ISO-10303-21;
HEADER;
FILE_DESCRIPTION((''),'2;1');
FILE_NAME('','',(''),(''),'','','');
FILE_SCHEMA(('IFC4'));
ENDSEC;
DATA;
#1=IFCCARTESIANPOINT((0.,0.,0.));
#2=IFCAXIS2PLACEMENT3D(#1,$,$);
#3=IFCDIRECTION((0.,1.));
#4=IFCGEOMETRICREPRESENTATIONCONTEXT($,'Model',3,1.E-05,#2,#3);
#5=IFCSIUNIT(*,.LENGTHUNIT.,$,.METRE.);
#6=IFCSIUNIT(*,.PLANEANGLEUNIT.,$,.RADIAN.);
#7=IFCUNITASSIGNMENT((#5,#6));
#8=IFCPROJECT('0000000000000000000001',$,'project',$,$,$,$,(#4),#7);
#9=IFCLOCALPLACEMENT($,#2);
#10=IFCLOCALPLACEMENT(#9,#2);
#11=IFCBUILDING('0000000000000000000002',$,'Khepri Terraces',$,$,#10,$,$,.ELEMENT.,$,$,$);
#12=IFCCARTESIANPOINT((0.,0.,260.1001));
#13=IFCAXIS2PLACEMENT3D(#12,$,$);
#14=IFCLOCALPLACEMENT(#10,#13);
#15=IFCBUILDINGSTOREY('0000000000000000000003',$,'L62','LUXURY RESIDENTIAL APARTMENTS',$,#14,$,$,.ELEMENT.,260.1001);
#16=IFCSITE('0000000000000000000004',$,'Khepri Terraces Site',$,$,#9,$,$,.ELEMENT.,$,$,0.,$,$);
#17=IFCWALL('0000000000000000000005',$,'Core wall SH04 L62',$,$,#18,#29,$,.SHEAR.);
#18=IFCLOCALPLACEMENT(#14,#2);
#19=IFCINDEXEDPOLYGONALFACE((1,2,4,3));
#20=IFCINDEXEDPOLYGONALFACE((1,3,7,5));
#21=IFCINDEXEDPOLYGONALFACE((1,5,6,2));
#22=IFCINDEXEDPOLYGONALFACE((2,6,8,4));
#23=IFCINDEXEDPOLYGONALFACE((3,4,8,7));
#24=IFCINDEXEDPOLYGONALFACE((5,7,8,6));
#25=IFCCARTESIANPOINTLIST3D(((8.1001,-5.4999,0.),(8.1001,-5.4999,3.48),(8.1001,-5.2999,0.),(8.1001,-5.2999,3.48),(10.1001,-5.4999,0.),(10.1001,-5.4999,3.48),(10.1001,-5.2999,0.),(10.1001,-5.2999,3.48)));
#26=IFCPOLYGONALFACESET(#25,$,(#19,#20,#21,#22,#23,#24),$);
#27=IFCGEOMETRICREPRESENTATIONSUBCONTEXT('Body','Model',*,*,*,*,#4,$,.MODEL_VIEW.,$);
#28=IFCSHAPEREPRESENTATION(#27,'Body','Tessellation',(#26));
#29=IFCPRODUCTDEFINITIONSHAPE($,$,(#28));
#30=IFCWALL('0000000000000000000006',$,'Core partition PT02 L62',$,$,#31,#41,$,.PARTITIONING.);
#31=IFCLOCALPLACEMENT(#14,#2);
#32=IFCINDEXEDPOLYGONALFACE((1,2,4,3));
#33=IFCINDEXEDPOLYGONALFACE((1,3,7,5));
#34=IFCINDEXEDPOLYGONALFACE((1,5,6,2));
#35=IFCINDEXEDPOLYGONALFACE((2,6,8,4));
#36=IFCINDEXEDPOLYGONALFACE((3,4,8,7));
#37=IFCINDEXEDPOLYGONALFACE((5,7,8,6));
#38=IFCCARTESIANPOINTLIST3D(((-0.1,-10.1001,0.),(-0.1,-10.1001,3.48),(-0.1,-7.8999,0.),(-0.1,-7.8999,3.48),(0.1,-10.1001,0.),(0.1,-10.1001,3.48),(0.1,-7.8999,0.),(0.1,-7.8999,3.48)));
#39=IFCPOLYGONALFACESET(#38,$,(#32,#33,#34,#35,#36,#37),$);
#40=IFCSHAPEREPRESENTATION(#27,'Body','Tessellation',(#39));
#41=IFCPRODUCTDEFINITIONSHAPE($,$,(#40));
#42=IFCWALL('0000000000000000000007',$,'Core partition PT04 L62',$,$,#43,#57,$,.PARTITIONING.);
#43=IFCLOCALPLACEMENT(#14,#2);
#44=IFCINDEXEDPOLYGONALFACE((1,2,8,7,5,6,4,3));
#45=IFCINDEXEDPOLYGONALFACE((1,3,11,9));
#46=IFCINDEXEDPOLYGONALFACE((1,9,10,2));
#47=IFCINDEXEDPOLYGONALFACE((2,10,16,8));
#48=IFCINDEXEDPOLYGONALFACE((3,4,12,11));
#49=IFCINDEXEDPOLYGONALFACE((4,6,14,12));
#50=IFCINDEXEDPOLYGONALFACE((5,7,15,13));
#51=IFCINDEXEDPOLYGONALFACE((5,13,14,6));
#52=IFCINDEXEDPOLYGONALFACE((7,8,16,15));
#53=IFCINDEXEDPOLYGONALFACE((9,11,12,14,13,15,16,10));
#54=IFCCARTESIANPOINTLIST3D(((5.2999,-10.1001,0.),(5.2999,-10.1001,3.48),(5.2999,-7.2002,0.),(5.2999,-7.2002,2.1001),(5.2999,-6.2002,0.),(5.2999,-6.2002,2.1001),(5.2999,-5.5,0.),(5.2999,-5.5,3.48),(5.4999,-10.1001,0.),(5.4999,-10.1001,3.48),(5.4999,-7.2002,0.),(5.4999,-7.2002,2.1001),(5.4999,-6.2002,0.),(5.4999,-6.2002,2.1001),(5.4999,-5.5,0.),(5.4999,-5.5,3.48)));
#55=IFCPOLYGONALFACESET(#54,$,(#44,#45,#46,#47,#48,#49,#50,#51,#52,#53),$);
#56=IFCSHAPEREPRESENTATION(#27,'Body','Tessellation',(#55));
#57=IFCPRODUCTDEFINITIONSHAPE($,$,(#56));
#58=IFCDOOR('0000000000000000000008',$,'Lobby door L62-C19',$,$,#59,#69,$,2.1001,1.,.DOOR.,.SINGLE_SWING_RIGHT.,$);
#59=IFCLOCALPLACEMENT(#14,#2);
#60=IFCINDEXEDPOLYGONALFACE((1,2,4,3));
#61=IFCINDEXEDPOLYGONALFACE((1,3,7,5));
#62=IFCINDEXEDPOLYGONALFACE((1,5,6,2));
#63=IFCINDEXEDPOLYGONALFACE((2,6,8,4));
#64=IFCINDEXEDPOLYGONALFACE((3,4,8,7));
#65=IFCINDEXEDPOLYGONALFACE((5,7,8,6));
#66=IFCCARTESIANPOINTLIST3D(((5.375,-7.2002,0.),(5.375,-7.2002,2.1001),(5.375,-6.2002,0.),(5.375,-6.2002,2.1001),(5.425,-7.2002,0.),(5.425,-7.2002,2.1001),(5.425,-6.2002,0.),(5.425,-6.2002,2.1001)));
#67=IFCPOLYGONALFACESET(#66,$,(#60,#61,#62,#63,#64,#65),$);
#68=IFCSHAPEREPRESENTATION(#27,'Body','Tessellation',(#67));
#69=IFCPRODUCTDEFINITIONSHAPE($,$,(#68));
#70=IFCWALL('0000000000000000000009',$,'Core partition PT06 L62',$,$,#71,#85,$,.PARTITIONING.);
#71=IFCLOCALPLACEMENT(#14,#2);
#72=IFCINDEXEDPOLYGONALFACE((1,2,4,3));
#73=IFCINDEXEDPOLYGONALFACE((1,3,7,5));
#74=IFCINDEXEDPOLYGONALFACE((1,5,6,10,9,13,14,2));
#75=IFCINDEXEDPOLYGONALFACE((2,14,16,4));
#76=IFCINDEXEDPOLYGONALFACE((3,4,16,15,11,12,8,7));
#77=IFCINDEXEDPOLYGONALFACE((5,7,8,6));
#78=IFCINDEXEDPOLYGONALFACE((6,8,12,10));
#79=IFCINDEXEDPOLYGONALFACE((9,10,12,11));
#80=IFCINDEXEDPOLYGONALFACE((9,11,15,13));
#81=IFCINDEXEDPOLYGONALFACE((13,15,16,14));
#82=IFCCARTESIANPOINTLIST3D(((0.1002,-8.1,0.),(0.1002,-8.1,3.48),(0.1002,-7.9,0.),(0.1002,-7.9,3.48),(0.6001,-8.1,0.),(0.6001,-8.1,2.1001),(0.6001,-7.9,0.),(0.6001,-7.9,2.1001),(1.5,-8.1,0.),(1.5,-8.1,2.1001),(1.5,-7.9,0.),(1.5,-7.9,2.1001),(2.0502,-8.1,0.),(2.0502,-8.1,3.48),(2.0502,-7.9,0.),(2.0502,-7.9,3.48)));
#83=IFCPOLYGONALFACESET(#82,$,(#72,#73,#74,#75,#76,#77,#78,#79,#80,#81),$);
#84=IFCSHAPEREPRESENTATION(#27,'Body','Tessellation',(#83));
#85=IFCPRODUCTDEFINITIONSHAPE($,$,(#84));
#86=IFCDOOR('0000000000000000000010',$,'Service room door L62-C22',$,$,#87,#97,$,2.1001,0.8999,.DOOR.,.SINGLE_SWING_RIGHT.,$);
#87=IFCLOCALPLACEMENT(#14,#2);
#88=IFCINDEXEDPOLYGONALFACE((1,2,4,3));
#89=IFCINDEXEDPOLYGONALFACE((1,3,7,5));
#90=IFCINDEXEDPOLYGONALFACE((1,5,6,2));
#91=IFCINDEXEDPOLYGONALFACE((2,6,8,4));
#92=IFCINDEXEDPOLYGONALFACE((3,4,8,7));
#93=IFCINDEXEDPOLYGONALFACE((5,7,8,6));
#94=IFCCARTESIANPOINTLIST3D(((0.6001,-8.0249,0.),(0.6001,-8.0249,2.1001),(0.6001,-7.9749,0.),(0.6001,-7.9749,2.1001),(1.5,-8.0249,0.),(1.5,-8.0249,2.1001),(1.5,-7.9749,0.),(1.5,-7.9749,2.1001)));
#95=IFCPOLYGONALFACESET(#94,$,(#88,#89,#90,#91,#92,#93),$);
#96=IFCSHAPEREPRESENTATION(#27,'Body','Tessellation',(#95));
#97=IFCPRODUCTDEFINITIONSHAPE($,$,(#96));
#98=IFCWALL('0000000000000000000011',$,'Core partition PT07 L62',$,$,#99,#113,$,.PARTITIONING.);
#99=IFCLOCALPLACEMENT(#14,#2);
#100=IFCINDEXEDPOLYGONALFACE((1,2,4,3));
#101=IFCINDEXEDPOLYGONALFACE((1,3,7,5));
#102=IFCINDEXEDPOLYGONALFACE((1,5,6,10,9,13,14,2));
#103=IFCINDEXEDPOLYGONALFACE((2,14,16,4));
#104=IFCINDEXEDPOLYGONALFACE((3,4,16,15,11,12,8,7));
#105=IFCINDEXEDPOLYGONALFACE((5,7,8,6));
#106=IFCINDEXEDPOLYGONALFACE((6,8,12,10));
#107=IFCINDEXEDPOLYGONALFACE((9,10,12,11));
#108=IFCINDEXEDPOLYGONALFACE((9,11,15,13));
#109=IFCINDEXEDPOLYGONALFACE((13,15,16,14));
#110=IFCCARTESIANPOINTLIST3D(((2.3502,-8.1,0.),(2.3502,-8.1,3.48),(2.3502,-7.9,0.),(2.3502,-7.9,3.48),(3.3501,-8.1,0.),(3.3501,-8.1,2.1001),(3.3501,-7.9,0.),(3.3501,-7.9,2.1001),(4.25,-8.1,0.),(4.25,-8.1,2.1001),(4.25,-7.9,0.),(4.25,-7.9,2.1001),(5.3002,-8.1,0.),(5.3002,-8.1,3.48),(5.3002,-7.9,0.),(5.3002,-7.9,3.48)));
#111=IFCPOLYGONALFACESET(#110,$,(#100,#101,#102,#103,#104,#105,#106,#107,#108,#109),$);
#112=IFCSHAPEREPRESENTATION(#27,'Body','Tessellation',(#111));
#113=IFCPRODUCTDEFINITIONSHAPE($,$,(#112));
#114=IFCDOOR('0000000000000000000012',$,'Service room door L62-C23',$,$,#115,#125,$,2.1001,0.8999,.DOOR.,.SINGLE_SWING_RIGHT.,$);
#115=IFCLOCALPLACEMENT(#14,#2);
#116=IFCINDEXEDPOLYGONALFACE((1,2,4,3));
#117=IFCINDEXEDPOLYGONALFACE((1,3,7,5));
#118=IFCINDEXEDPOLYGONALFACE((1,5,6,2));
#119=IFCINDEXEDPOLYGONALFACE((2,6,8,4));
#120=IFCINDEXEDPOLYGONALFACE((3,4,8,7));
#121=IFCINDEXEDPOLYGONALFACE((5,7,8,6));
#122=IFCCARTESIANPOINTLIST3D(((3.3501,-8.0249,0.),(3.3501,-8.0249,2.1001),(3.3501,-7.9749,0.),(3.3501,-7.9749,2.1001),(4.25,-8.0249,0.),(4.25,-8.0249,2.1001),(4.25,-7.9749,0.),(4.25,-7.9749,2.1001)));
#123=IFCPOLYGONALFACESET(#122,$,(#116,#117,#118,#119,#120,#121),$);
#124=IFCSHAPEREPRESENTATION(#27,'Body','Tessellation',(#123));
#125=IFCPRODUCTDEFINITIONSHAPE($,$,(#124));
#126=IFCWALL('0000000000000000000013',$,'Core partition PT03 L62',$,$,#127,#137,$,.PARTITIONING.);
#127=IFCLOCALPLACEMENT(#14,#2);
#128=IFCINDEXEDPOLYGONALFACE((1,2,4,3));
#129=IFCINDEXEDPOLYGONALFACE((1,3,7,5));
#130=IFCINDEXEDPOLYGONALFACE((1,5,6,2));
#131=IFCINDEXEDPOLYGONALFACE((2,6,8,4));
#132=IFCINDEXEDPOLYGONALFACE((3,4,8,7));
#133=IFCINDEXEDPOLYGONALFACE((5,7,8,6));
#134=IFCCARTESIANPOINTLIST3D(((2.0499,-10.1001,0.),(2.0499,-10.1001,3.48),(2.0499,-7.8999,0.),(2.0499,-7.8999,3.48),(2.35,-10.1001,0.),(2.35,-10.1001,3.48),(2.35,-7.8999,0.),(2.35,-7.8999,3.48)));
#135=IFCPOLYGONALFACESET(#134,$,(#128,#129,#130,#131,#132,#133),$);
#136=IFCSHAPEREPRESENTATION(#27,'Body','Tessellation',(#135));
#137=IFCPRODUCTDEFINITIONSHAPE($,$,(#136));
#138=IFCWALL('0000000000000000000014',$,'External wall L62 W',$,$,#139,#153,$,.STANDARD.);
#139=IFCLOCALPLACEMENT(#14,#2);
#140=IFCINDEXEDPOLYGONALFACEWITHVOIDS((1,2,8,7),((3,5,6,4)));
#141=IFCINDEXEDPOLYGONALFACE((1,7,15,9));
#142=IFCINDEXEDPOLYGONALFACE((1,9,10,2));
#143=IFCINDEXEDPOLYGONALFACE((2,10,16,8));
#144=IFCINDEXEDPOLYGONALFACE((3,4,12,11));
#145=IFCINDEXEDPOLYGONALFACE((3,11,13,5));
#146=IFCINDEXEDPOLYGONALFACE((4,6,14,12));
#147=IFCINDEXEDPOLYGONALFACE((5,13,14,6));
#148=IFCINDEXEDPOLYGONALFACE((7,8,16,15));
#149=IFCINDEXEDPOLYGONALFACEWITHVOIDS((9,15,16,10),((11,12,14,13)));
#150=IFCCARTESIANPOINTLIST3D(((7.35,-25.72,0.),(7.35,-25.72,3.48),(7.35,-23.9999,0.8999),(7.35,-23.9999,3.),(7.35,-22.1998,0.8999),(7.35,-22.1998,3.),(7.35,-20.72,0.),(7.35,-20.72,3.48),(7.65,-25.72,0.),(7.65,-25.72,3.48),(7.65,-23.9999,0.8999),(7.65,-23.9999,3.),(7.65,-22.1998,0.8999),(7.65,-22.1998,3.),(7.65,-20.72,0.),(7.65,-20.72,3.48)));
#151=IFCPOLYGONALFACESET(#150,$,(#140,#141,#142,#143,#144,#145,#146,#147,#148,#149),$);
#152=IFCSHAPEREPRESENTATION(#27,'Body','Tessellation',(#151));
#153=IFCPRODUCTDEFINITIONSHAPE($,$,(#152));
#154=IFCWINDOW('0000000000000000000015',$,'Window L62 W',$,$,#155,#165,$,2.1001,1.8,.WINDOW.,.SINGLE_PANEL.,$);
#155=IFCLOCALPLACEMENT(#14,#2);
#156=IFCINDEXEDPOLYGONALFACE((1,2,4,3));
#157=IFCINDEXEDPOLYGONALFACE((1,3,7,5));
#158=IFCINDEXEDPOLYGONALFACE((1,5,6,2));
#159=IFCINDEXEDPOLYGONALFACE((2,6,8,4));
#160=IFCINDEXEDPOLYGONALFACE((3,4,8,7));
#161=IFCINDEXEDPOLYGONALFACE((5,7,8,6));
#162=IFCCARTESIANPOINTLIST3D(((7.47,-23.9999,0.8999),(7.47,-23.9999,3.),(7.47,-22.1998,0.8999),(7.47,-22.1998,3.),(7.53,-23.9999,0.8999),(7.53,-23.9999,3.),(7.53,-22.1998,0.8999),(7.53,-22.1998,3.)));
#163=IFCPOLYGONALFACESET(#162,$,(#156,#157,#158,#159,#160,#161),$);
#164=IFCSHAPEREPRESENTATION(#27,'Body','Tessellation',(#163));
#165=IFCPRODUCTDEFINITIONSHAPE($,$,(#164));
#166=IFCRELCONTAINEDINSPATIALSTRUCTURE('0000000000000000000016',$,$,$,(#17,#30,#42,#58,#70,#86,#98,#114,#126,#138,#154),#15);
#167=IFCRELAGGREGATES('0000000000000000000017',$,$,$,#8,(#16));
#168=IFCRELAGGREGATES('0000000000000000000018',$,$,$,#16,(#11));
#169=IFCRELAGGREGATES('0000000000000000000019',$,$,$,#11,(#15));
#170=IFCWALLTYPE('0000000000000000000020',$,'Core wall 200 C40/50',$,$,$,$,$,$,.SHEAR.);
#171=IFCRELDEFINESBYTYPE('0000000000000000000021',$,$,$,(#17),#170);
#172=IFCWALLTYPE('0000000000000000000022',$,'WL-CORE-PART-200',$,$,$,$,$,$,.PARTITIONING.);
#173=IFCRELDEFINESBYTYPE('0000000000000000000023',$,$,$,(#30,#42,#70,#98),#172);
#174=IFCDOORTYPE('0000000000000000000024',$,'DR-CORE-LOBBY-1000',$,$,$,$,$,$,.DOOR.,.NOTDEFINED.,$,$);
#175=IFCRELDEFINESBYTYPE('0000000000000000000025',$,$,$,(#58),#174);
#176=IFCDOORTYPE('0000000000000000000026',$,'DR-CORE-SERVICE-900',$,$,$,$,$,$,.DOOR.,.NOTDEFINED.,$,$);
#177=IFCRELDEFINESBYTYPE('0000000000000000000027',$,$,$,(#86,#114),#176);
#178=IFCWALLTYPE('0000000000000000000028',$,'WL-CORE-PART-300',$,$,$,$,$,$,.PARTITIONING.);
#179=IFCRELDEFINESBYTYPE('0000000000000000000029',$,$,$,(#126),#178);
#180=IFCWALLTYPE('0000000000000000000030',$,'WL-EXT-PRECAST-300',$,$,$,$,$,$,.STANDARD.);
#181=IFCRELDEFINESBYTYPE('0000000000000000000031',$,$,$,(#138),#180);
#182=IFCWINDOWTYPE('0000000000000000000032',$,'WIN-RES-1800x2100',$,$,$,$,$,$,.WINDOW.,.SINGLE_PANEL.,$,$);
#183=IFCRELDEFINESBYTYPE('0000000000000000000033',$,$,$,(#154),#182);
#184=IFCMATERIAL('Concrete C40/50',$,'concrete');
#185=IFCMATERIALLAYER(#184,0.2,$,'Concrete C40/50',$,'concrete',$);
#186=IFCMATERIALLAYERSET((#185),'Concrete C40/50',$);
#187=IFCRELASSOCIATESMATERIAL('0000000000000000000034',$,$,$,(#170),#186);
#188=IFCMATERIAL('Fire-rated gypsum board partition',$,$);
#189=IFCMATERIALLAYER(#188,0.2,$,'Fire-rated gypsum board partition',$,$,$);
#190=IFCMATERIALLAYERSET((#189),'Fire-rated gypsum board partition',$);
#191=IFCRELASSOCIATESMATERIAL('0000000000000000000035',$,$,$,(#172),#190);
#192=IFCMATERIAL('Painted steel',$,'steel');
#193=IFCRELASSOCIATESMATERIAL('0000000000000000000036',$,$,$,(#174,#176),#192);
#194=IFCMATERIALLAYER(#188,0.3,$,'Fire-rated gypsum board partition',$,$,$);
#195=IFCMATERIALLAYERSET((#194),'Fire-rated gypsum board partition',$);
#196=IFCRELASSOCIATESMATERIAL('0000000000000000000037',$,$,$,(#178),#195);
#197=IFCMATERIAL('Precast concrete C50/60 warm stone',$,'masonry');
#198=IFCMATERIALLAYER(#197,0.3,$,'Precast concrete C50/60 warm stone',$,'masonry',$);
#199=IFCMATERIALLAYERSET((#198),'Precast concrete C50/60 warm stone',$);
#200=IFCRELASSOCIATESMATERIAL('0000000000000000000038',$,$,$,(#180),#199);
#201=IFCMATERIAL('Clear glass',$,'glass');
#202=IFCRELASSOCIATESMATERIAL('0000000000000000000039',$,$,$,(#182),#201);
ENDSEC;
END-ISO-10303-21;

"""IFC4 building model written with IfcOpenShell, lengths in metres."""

from ifc_helpers import new_model, si_unit, direction, frame, frame_2d, origin, place, context, subcontext, project, spatial, rectangle, extrude, material, layer, layer_set, type_object, element, fill, save


model = new_model("IFC4")

# Units and contexts
model_context = context("Model", 3, precision=1e-05, world=origin(), true_north=direction((0.0, 1.0)))
body_context = subcontext(model_context, "Body", "Model", "MODEL_VIEW")
ifc_project = project(units=[si_unit("LENGTHUNIT", "METRE"), si_unit("PLANEANGLEUNIT", "RADIAN")], contexts=[model_context])

# Site, building, storey
site_placement = place(None, origin())
site = spatial("IfcSite", under=ifc_project, at=site_placement, Name="Khepri Terraces Site", CompositionType="ELEMENT", RefElevation=0.0)
building_placement = place(site_placement, origin())
building = spatial("IfcBuilding", under=site, at=building_placement, Name="Khepri Terraces", CompositionType="ELEMENT")
storey_placement = place(building_placement, frame((0.0, 0.0, 260.1001)))
storey = spatial("IfcBuildingStorey", under=building, at=storey_placement, Name="L62", Description="LUXURY RESIDENTIAL APARTMENTS", CompositionType="ELEMENT", Elevation=260.1001)

# Shared definitions
ifc_material_1 = material(Name="Concrete C40/50", Category="concrete")

# Shared definitions
ifc_layer_1 = layer(ifc_material_1, 0.2, Name="Concrete C40/50", Category="concrete")
ifc_layer_set_1 = layer_set([ifc_layer_1], Name="Concrete C40/50")
wall_type_1 = type_object("IfcWallType", Name="Core wall 200 C40/50", PredefinedType="SHEAR", material=ifc_layer_set_1)

# Walls
for number, where, z_axis, x_axis, name in (
    (1, (8.1001, -5.3999, 0.0), (0.0, 0.0, 1.0), (1.0, 0.0, 0.0), "Core wall SH04 L62"),
):
    element("IfcWall", number, at=place(storey_placement, frame(where, z_axis=z_axis, x_axis=x_axis)), inside=storey, type_object=wall_type_1, Name=name, PredefinedType="SHEAR", context=body_context, shape_type="SweptSolid", body=[
        extrude(rectangle(XDim=2.0, YDim=0.2, at=frame_2d((1.0, 0.0))), origin(), (0.0, 0.0, 1.0), 3.48),
    ])
ifc_material_2 = material(Name="Fire-rated gypsum board partition")
ifc_layer_2 = layer(ifc_material_2, 0.2, Name="Fire-rated gypsum board partition")
ifc_layer_set_2 = layer_set([ifc_layer_2], Name="Fire-rated gypsum board partition")
wall_type_2 = type_object("IfcWallType", Name="WL-CORE-PART-200", PredefinedType="PARTITIONING", material=ifc_layer_set_2)
wall_1_placement = place(storey_placement, frame((0.0, -10.1001, 0.0), z_axis=(0.0, 0.0, 1.0), x_axis=(0.0, 1.0, 0.0)))
element("IfcWall", 2, at=wall_1_placement, inside=storey, type_object=wall_type_2, Name="Core partition PT02 L62", PredefinedType="PARTITIONING", context=body_context, shape_type="SweptSolid", body=[
    extrude(rectangle(XDim=2.2002, YDim=0.2, at=frame_2d((1.1001, 0.0))), origin(), (0.0, 0.0, 1.0), 3.48),
])

# Walls, openings, doors
wall_2_placement = place(storey_placement, frame((5.3999, -10.1001, 0.0), z_axis=(0.0, 0.0, 1.0), x_axis=(0.0, 1.0, 0.0)))
wall_2 = element("IfcWall", 3, at=wall_2_placement, inside=storey, type_object=wall_type_2, Name="Core partition PT04 L62", PredefinedType="PARTITIONING", context=body_context, shape_type="SweptSolid", body=[
    extrude(rectangle(XDim=4.6001, YDim=0.2, at=frame_2d((2.3, 0.0))), origin(), (0.0, 0.0, 1.0), 3.48),
])
opening_1_placement = place(wall_2_placement, frame((2.8999, 0.0, 0.0)))
opening_1 = element("IfcOpeningElement", 4, at=opening_1_placement, cuts=wall_2, PredefinedType="OPENING", context=body_context, shape_type="SweptSolid", body=[
    extrude(rectangle(XDim=1.0, YDim=2.1001, at=frame_2d((0.5, 1.05))), frame((0.0, 0.1099, 0.0), z_axis=(0.0, -1.0, 0.0), x_axis=(1.0, 0.0, 0.0)), (0.0, 0.0, 1.0), 0.22),
])
ifc_material_3 = material(Name="Painted steel", Category="steel")
door_type_1 = type_object("IfcDoorType", Name="DR-CORE-LOBBY-1000", OperationType="NOTDEFINED", PredefinedType="DOOR", material=ifc_material_3)
door_1_placement = place(opening_1_placement, origin())
door_1 = element("IfcDoor", 5, at=door_1_placement, inside=storey, type_object=door_type_1, Name="Lobby door L62-C19", OperationType="SINGLE_SWING_RIGHT", OverallHeight=2.1001, OverallWidth=1.0, PredefinedType="DOOR", context=body_context, shape_type="SweptSolid", body=[
    extrude(rectangle(XDim=1.0, YDim=2.1001, at=frame_2d((0.5, 1.05))), frame((0.0, 0.0249, 0.0), z_axis=(0.0, -1.0, 0.0), x_axis=(1.0, 0.0, 0.0)), (0.0, 0.0, 1.0), 0.05),
])
fill(opening_1, door_1)
wall_3_placement = place(storey_placement, frame((0.1001, -8.0, 0.0), z_axis=(0.0, 0.0, 1.0), x_axis=(1.0, 0.0, 0.0)))
wall_3 = element("IfcWall", 6, at=wall_3_placement, inside=storey, type_object=wall_type_2, Name="Core partition PT06 L62", PredefinedType="PARTITIONING", context=body_context, shape_type="SweptSolid", body=[
    extrude(rectangle(XDim=1.95, YDim=0.2, at=frame_2d((0.9751, 0.0))), origin(), (0.0, 0.0, 1.0), 3.48),
])
opening_2_placement = place(wall_3_placement, frame((0.5, 0.0, 0.0)))
opening_2 = element("IfcOpeningElement", 7, at=opening_2_placement, cuts=wall_3, PredefinedType="OPENING", context=body_context, shape_type="SweptSolid", body=[
    extrude(rectangle(XDim=0.8999, YDim=2.1001, at=frame_2d((0.45, 1.05))), frame((0.0, 0.1099, 0.0), z_axis=(0.0, -1.0, 0.0), x_axis=(1.0, 0.0, 0.0)), (0.0, 0.0, 1.0), 0.22),
])
door_type_2 = type_object("IfcDoorType", Name="DR-CORE-SERVICE-900", OperationType="NOTDEFINED", PredefinedType="DOOR", material=ifc_material_3)
door_2_placement = place(opening_2_placement, frame((0.8999, 0.0, 0.0), z_axis=(0.0, 0.0, 1.0), x_axis=(-1.0, 0.0, 0.0)))
door_2 = element("IfcDoor", 8, at=door_2_placement, inside=storey, type_object=door_type_2, Name="Service room door L62-C22", OperationType="SINGLE_SWING_RIGHT", OverallHeight=2.1001, OverallWidth=0.8999, PredefinedType="DOOR", context=body_context, shape_type="SweptSolid", body=[
    extrude(rectangle(XDim=0.8999, YDim=2.1001, at=frame_2d((0.45, 1.05))), frame((0.0, 0.0249, 0.0), z_axis=(0.0, -1.0, 0.0), x_axis=(1.0, 0.0, 0.0)), (0.0, 0.0, 1.0), 0.05),
])
fill(opening_2, door_2)
wall_4_placement = place(storey_placement, frame((2.3501, -8.0, 0.0), z_axis=(0.0, 0.0, 1.0), x_axis=(1.0, 0.0, 0.0)))
wall_4 = element("IfcWall", 9, at=wall_4_placement, inside=storey, type_object=wall_type_2, Name="Core partition PT07 L62", PredefinedType="PARTITIONING", context=body_context, shape_type="SweptSolid", body=[
    extrude(rectangle(XDim=2.95, YDim=0.2, at=frame_2d((1.4751, 0.0))), origin(), (0.0, 0.0, 1.0), 3.48),
])
opening_3_placement = place(wall_4_placement, frame((1.0, 0.0, 0.0)))
opening_3 = element("IfcOpeningElement", 10, at=opening_3_placement, cuts=wall_4, PredefinedType="OPENING", context=body_context, shape_type="SweptSolid", body=[
    extrude(rectangle(XDim=0.8999, YDim=2.1001, at=frame_2d((0.45, 1.05))), frame((0.0, 0.1099, 0.0), z_axis=(0.0, -1.0, 0.0), x_axis=(1.0, 0.0, 0.0)), (0.0, 0.0, 1.0), 0.22),
])
door_3_placement = place(opening_3_placement, frame((0.8999, 0.0, 0.0), z_axis=(0.0, 0.0, 1.0), x_axis=(-1.0, 0.0, 0.0)))
door_3 = element("IfcDoor", 11, at=door_3_placement, inside=storey, type_object=door_type_2, Name="Service room door L62-C23", OperationType="SINGLE_SWING_RIGHT", OverallHeight=2.1001, OverallWidth=0.8999, PredefinedType="DOOR", context=body_context, shape_type="SweptSolid", body=[
    extrude(rectangle(XDim=0.8999, YDim=2.1001, at=frame_2d((0.45, 1.05))), frame((0.0, 0.0249, 0.0), z_axis=(0.0, -1.0, 0.0), x_axis=(1.0, 0.0, 0.0)), (0.0, 0.0, 1.0), 0.05),
])
fill(opening_3, door_3)

# Wall
ifc_layer_3 = layer(ifc_material_2, 0.3, Name="Fire-rated gypsum board partition")
ifc_layer_set_3 = layer_set([ifc_layer_3], Name="Fire-rated gypsum board partition")
wall_type_3 = type_object("IfcWallType", Name="WL-CORE-PART-300", PredefinedType="PARTITIONING", material=ifc_layer_set_3)
wall_5_placement = place(storey_placement, frame((2.2, -10.1001, 0.0), z_axis=(0.0, 0.0, 1.0), x_axis=(0.0, 1.0, 0.0)))
element("IfcWall", 12, at=wall_5_placement, inside=storey, type_object=wall_type_3, Name="Core partition PT03 L62", PredefinedType="PARTITIONING", context=body_context, shape_type="SweptSolid", body=[
    extrude(rectangle(XDim=2.2002, YDim=0.3, at=frame_2d((1.1001, 0.0))), origin(), (0.0, 0.0, 1.0), 3.48),
])

# Wall, opening, window
ifc_material_4 = material(Name="Precast concrete C50/60 warm stone", Category="masonry")
ifc_layer_4 = layer(ifc_material_4, 0.3, Name="Precast concrete C50/60 warm stone", Category="masonry")
ifc_layer_set_4 = layer_set([ifc_layer_4], Name="Precast concrete C50/60 warm stone")
wall_type_4 = type_object("IfcWallType", Name="WL-EXT-PRECAST-300", PredefinedType="STANDARD", material=ifc_layer_set_4)
wall_6_placement = place(storey_placement, frame((7.5, -20.72, 0.0), z_axis=(0.0, 0.0, 1.0), x_axis=(0.0, -1.0, 0.0)))
wall_6 = element("IfcWall", 13, at=wall_6_placement, inside=storey, type_object=wall_type_4, Name="External wall L62 W", PredefinedType="STANDARD", context=body_context, shape_type="SweptSolid", body=[
    extrude(rectangle(XDim=5.0, YDim=0.3, at=frame_2d((2.5, 0.0))), origin(), (0.0, 0.0, 1.0), 3.48),
])
opening_4_placement = place(wall_6_placement, frame((1.48, 0.0, 0.8999)))
opening_4 = element("IfcOpeningElement", 14, at=opening_4_placement, cuts=wall_6, PredefinedType="OPENING", context=body_context, shape_type="SweptSolid", body=[
    extrude(rectangle(XDim=1.8, YDim=2.1001, at=frame_2d((0.8999, 1.05))), frame((0.0, 0.1602, 0.0), z_axis=(0.0, -1.0, 0.0), x_axis=(1.0, 0.0, 0.0)), (0.0, 0.0, 1.0), 0.3201),
])
ifc_material_5 = material(Name="Clear glass", Category="glass")
window_type = type_object("IfcWindowType", Name="WIN-RES-1800x2100", PartitioningType="SINGLE_PANEL", PredefinedType="WINDOW", material=ifc_material_5)
window_placement = place(opening_4_placement, origin())
window = element("IfcWindow", 15, at=window_placement, inside=storey, type_object=window_type, Name="Window L62 W", OverallHeight=2.1001, OverallWidth=1.8, PartitioningType="SINGLE_PANEL", PredefinedType="WINDOW", context=body_context, shape_type="SweptSolid", body=[
    extrude(rectangle(XDim=1.8, YDim=2.1001, at=frame_2d((0.8999, 1.05))), frame((0.0, 0.03, 0.0), z_axis=(0.0, -1.0, 0.0), x_axis=(1.0, 0.0, 0.0)), (0.0, 0.0, 1.0), 0.0601),
])
fill(opening_4, window)

save(model, "model.ifc")
